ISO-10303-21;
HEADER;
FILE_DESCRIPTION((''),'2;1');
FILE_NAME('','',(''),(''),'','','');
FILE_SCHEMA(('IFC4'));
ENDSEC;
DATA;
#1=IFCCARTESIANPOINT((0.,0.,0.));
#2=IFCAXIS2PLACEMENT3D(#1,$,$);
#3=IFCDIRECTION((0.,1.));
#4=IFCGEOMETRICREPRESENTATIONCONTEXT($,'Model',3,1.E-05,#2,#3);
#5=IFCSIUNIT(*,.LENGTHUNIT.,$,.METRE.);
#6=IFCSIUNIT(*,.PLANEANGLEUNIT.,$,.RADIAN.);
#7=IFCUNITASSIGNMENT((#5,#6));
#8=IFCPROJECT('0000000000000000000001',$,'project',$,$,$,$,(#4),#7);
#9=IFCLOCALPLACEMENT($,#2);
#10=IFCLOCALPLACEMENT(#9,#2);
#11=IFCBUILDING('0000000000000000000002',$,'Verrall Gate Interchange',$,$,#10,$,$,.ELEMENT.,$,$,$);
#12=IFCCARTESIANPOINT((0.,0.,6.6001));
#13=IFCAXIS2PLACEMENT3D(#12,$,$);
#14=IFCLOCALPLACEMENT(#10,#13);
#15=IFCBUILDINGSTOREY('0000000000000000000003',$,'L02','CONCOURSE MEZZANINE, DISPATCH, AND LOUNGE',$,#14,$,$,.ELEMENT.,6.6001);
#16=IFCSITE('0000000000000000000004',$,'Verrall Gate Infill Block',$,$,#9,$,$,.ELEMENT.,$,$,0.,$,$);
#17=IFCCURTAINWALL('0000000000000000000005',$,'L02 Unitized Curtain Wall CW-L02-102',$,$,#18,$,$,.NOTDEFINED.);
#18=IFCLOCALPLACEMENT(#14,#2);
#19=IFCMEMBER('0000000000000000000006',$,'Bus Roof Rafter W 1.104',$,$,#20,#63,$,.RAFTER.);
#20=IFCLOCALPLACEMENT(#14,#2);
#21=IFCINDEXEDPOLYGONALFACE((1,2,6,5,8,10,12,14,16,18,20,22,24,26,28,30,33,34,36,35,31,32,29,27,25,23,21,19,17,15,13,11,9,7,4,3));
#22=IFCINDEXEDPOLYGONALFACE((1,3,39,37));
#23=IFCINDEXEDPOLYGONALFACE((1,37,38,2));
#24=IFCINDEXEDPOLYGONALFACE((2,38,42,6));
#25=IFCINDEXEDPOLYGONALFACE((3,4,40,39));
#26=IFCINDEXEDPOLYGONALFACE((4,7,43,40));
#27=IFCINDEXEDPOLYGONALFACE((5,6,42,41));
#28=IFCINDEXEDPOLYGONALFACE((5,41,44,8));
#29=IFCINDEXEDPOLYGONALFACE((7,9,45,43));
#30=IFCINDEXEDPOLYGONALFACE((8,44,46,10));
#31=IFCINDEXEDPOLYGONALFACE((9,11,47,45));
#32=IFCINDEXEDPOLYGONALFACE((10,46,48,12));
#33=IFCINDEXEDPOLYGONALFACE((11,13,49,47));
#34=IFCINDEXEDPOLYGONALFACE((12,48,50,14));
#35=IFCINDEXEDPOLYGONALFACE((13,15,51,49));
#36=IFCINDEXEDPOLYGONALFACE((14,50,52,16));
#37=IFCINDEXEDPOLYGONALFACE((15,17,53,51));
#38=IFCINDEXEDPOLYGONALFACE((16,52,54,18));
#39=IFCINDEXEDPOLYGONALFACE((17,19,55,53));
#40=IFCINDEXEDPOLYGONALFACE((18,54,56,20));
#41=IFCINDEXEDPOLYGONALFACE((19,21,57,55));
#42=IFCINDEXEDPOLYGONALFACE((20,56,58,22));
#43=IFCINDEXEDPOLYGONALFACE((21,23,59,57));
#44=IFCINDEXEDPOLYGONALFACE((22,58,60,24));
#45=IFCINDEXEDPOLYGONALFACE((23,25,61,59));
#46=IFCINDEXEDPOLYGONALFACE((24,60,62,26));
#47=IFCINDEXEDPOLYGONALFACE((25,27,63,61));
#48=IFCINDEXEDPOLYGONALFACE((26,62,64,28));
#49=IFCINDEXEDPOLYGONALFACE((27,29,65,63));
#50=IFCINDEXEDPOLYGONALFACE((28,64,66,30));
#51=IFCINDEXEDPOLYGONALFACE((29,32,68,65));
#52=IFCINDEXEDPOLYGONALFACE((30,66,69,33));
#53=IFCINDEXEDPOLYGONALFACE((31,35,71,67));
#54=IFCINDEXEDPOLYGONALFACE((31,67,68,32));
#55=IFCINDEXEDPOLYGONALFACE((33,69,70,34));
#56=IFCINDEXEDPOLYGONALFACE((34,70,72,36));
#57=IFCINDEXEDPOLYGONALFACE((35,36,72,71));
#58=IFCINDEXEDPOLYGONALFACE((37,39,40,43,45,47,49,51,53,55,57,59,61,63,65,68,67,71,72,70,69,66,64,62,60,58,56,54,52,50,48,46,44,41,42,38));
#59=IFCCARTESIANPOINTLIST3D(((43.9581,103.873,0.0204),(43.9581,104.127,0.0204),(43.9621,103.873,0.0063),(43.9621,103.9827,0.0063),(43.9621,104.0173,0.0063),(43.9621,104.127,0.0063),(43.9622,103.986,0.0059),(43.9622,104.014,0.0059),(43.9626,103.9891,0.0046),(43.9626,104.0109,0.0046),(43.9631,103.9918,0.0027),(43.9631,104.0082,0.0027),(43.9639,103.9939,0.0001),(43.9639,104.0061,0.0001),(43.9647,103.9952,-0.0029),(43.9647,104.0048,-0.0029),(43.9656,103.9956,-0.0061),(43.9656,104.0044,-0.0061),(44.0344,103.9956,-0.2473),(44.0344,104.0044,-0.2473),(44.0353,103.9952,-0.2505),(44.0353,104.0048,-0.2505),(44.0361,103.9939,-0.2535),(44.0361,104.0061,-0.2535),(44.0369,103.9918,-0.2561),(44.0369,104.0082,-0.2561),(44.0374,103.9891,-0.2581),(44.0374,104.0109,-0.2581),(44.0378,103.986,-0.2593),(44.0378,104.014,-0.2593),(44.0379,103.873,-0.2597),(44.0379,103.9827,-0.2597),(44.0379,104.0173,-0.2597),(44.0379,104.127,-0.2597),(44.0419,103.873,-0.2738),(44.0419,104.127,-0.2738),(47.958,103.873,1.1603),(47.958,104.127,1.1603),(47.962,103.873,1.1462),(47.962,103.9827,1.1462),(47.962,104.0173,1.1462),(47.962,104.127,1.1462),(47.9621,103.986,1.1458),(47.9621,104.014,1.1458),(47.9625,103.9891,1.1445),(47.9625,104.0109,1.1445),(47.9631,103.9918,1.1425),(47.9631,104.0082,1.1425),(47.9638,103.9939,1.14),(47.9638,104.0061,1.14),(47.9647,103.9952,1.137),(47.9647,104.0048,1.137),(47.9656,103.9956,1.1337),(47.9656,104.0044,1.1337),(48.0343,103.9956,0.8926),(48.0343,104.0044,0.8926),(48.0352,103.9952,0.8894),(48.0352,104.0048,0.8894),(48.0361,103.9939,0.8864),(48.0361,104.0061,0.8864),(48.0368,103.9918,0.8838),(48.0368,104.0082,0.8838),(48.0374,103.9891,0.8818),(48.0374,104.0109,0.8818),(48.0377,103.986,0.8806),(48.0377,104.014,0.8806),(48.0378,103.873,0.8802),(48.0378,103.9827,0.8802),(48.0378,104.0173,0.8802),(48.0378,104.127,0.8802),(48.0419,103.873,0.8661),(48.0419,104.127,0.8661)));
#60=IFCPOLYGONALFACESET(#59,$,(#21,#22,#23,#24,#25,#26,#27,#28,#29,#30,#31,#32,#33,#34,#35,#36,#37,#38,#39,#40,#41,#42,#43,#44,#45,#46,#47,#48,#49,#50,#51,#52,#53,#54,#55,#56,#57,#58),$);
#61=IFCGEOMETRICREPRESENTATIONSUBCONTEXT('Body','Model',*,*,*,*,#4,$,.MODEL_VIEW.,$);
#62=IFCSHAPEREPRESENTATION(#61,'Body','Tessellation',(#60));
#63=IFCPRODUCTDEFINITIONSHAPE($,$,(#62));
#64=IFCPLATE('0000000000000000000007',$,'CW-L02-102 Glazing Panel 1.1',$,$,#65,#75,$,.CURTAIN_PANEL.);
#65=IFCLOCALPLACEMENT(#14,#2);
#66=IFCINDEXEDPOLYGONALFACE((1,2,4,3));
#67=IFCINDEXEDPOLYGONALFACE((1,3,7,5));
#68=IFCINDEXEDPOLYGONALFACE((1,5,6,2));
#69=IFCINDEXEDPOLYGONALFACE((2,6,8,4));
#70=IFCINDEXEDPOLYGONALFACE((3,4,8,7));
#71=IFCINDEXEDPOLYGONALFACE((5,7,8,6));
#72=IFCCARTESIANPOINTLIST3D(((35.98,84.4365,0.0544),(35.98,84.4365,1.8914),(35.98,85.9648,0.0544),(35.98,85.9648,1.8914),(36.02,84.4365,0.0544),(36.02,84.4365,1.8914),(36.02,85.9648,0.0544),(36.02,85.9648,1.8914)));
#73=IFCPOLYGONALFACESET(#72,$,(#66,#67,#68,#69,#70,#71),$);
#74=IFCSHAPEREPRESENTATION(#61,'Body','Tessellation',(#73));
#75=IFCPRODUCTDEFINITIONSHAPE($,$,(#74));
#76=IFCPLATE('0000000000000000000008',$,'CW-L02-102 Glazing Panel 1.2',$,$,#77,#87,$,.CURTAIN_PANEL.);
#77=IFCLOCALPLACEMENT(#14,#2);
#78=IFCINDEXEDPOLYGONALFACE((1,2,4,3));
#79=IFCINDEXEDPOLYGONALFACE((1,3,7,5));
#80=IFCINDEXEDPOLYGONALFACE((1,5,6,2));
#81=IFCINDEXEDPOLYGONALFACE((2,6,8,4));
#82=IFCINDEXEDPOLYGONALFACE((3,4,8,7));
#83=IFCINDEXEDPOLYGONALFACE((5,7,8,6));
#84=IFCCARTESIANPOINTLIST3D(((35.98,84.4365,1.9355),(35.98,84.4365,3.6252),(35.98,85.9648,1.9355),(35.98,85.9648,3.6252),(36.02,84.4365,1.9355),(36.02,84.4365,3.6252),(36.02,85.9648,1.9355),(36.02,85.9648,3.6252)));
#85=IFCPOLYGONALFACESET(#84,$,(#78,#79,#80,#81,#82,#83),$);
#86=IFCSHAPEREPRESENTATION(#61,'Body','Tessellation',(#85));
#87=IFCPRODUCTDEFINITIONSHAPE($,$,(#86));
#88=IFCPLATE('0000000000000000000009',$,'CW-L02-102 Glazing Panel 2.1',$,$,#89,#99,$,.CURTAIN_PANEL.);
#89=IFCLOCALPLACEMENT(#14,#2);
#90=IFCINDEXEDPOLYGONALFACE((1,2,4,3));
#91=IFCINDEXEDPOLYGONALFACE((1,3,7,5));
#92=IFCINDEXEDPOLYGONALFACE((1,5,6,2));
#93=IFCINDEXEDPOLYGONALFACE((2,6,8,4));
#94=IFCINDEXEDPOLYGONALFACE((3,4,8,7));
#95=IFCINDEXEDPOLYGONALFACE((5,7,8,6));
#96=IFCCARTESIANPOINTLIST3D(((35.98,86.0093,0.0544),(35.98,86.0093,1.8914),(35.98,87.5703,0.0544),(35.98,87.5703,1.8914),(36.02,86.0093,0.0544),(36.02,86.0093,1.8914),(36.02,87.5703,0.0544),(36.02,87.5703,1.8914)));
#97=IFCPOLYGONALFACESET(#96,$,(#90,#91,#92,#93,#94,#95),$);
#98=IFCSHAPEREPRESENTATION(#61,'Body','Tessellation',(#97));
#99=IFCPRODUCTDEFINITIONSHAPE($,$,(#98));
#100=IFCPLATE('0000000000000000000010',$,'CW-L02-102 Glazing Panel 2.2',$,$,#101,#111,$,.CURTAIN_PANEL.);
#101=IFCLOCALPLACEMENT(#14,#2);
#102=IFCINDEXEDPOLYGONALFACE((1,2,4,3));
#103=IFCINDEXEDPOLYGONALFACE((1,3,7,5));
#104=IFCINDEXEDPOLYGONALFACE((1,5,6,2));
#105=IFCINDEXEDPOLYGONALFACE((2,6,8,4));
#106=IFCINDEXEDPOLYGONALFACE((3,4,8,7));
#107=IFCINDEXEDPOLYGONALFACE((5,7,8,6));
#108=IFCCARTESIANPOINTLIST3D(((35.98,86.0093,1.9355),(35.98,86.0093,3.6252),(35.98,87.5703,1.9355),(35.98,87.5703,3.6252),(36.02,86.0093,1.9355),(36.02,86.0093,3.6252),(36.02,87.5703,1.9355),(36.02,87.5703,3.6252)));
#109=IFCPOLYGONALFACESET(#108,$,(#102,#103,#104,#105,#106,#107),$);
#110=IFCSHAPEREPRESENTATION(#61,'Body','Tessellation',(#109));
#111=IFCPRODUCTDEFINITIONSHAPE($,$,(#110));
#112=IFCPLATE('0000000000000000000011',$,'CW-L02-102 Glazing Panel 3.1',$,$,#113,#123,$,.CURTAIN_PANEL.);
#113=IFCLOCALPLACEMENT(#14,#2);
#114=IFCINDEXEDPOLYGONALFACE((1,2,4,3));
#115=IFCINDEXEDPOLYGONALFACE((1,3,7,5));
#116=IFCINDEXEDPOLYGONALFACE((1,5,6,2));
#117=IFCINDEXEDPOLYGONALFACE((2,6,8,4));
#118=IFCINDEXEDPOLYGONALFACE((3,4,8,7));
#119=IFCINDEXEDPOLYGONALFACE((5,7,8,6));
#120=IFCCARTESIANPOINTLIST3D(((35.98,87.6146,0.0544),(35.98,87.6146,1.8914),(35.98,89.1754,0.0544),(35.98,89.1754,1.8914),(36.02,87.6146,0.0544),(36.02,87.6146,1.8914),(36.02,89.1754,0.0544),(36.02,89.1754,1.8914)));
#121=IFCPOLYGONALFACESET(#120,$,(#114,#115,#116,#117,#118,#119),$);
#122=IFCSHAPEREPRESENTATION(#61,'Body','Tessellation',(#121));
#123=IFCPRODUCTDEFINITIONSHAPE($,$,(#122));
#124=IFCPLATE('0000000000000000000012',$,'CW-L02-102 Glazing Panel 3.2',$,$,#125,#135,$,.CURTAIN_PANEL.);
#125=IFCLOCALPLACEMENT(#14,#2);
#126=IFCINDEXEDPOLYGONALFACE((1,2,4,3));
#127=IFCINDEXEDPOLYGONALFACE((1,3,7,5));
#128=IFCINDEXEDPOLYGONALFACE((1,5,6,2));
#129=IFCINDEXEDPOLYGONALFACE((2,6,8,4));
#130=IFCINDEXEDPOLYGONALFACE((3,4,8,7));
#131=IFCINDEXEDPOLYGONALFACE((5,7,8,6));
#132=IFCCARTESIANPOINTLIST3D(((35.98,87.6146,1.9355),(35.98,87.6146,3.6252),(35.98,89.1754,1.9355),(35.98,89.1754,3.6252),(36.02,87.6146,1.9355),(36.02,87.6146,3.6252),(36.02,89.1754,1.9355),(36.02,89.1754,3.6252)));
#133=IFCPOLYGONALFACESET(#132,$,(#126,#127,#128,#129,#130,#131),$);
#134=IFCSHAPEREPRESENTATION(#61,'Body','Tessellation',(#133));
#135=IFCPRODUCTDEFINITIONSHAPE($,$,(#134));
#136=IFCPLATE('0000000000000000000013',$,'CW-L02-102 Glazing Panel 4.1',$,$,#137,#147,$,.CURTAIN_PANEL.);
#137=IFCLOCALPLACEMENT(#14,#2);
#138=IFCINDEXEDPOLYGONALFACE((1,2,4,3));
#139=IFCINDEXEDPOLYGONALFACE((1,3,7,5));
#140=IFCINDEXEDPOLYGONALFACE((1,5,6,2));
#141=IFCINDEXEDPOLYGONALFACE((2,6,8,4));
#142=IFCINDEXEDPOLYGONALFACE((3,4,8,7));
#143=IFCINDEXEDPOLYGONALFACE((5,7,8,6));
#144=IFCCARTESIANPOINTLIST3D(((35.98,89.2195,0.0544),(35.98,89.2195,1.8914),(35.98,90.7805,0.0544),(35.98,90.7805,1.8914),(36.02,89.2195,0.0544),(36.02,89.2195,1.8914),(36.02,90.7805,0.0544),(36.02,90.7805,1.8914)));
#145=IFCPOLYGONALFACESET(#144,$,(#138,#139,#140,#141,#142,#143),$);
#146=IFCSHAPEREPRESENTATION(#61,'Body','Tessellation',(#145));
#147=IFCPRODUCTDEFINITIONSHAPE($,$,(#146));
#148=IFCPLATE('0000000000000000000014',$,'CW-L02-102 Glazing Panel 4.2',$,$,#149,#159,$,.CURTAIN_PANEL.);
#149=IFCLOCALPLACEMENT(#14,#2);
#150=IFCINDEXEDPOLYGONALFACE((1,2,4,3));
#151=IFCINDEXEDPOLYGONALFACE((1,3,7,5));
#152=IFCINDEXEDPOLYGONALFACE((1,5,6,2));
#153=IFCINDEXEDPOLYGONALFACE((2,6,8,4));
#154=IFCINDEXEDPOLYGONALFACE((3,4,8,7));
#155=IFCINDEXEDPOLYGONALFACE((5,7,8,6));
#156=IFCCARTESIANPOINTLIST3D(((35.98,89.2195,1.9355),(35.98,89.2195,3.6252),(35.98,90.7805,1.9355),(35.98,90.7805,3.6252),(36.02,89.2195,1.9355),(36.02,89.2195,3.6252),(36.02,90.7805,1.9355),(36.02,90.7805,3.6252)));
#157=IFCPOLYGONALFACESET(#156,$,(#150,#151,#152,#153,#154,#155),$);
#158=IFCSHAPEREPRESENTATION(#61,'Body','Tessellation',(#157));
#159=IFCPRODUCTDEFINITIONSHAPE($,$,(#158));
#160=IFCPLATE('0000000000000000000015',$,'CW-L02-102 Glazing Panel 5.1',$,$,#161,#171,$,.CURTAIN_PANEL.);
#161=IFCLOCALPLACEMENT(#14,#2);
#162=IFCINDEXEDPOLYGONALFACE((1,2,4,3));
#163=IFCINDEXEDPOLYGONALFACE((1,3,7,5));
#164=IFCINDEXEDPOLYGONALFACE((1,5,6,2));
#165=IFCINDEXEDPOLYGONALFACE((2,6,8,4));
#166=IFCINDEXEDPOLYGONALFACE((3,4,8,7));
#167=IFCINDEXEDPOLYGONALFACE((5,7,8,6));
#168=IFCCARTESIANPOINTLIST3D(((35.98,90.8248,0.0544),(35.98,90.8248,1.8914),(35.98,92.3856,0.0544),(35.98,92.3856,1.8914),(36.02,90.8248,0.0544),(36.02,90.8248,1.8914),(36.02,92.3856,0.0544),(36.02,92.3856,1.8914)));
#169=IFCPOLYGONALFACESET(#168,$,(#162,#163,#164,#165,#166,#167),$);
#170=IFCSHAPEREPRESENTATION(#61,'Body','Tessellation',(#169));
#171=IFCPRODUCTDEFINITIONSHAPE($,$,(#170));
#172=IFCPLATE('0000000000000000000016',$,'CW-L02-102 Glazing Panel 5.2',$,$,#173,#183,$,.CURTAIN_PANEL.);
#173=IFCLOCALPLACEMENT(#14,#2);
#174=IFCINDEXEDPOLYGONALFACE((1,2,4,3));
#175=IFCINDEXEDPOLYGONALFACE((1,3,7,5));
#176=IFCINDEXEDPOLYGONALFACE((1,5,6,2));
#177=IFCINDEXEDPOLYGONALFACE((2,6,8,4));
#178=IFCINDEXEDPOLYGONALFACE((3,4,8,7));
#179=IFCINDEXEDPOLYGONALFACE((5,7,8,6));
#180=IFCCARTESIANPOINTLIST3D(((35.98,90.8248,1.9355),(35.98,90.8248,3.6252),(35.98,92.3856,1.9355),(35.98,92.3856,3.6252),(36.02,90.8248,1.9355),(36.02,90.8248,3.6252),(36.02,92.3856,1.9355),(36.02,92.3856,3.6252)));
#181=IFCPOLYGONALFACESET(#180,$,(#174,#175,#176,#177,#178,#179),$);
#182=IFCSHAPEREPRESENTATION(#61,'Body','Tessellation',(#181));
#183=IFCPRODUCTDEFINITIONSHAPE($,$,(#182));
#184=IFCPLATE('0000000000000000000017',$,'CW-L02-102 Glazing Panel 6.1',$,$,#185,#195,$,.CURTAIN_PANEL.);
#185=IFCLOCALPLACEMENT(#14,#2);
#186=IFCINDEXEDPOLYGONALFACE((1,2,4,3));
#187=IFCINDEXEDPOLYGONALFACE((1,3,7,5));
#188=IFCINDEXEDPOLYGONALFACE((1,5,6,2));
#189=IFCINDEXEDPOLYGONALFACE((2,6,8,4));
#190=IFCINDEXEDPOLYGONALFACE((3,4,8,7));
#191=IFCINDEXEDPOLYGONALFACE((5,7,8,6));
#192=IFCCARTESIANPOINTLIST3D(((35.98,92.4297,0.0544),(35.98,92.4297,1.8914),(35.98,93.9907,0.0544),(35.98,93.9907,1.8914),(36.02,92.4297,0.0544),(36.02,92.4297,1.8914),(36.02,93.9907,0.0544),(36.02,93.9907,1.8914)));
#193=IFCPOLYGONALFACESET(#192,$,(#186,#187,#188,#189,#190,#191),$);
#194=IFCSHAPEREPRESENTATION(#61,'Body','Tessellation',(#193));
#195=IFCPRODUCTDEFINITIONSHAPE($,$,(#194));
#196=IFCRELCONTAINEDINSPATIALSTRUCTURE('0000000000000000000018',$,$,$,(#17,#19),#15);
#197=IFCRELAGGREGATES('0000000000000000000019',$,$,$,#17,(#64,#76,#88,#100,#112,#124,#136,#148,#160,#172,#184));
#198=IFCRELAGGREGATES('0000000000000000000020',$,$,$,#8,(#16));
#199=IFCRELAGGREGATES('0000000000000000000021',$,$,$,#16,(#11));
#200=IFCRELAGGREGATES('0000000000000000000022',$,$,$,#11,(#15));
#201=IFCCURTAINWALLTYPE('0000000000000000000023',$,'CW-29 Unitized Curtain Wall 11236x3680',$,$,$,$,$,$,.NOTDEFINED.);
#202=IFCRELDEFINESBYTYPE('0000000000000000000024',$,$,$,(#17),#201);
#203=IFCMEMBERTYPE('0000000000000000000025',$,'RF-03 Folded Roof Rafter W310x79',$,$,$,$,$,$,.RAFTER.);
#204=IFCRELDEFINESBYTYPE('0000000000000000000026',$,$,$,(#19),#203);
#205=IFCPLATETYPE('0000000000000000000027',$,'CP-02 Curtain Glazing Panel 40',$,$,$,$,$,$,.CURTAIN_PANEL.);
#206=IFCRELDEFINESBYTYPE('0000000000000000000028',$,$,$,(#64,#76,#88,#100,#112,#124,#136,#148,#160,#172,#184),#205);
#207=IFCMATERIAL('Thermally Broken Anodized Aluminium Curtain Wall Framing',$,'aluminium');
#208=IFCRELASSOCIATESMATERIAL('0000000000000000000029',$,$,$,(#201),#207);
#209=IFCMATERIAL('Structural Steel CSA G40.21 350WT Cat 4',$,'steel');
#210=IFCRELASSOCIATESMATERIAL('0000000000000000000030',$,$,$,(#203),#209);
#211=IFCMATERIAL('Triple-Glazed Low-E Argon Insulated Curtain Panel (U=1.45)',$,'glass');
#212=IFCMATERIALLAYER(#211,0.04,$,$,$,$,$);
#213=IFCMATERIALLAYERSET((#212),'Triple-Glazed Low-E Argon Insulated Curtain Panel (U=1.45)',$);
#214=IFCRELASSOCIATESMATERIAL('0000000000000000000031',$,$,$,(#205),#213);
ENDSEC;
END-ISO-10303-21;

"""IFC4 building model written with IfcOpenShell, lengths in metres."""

from ifc_helpers import new_model, si_unit, direction, frame, origin, origin_2d, place, context, subcontext, project, spatial, rectangle, i_section, extrude, material, layer, layer_set, material_profile, profile_set, type_object, element, aggregate, save


model = new_model("IFC4")

# Units and contexts
model_context = context("Model", 3, precision=1e-05, world=origin(), true_north=direction((0.0, 1.0)))
body_context = subcontext(model_context, "Body", "Model", "MODEL_VIEW")
ifc_project = project(units=[si_unit("LENGTHUNIT", "METRE"), si_unit("PLANEANGLEUNIT", "RADIAN")], contexts=[model_context])

# Site, building, storey
site_placement = place(None, origin())
site = spatial("IfcSite", under=ifc_project, at=site_placement, Name="Verrall Gate Infill Block", CompositionType="ELEMENT", RefElevation=0.0)
building_placement = place(site_placement, origin())
building = spatial("IfcBuilding", under=site, at=building_placement, Name="Verrall Gate Interchange", CompositionType="ELEMENT")
storey_placement = place(building_placement, frame((0.0, 0.0, 6.6001)))
storey = spatial("IfcBuildingStorey", under=building, at=storey_placement, Name="L02", Description="CONCOURSE MEZZANINE, DISPATCH, AND LOUNGE", CompositionType="ELEMENT", Elevation=6.6001)

# Curtain wall
ifc_material_1 = material(Name="Thermally Broken Anodized Aluminium Curtain Wall Framing", Category="aluminium")
curtain_wall_type = type_object("IfcCurtainWallType", Name="CW-29 Unitized Curtain Wall 11236x3680", PredefinedType="NOTDEFINED", material=ifc_material_1)
curtain_wall_placement = place(storey_placement, origin())
curtain_wall = element("IfcCurtainWall", 1, at=curtain_wall_placement, inside=storey, type_object=curtain_wall_type, Name="L02 Unitized Curtain Wall CW-L02-102", PredefinedType="NOTDEFINED")

# Member
ifc_material_2 = material(Name="Structural Steel CSA G40.21 350WT Cat 4", Category="steel")
ifc_material_profile_1 = material_profile(ifc_material_2, i_section(OverallWidth=0.2539, OverallDepth=0.3059, WebThickness=0.0088, FlangeThickness=0.0146, FilletRadius=0.0129, at=origin_2d()), Name="W310x79")
ifc_profile_set_1 = profile_set([ifc_material_profile_1], Name="Structural Steel CSA G40.21 350WT Cat 4")
member_type_1 = type_object("IfcMemberType", Name="RF-03 Folded Roof Rafter W310x79", PredefinedType="RAFTER", material=ifc_profile_set_1)
for number, where, z_axis, x_axis, name in (
    (2, (44.0, 104.0, -0.1267), (0.961712, 0.0, 0.274062), (0.0, 1.0, 0.0), "Bus Roof Rafter W 1.104"),
):
    element("IfcMember", number, at=place(storey_placement, frame(where, z_axis=z_axis, x_axis=x_axis)), inside=storey, type_object=member_type_1, Name=name, PredefinedType="RAFTER", context=body_context, shape_type="SweptSolid", body=[
        extrude(i_section(OverallWidth=0.2539, OverallDepth=0.3059, WebThickness=0.0088, FlangeThickness=0.0146, FilletRadius=0.0129, at=origin_2d()), origin(), (0.0, 0.0, 1.0), 4.1592),
    ])

# Plates
ifc_material_3 = material(Name="Triple-Glazed Low-E Argon Insulated Curtain Panel (U=1.45)", Category="glass")
ifc_layer_1 = layer(ifc_material_3, 0.04)
ifc_layer_set_1 = layer_set([ifc_layer_1], Name="Triple-Glazed Low-E Argon Insulated Curtain Panel (U=1.45)")
plate_type = type_object("IfcPlateType", Name="CP-02 Curtain Glazing Panel 40", PredefinedType="CURTAIN_PANEL", material=ifc_layer_set_1)
plate_1_placement = place(storey_placement, frame((36.0, 85.2007, 0.0544), z_axis=(0.0, 0.0, 1.0), x_axis=(0.0, 1.0, 0.0)))
plate_1 = element("IfcPlate", 3, at=plate_1_placement, type_object=plate_type, Name="CW-L02-102 Glazing Panel 1.1", PredefinedType="CURTAIN_PANEL", context=body_context, shape_type="SweptSolid", body=[
    extrude(rectangle(XDim=1.5283, YDim=0.04, at=origin_2d()), origin(), (0.0, 0.0, 1.0), 1.8369),
])
plate_2_placement = place(storey_placement, frame((36.0, 85.2007, 1.9355), z_axis=(0.0, 0.0, 1.0), x_axis=(0.0, 1.0, 0.0)))
plate_2 = element("IfcPlate", 4, at=plate_2_placement, type_object=plate_type, Name="CW-L02-102 Glazing Panel 1.2", PredefinedType="CURTAIN_PANEL", context=body_context, shape_type="SweptSolid", body=[
    extrude(rectangle(XDim=1.5283, YDim=0.04, at=origin_2d()), origin(), (0.0, 0.0, 1.0), 1.6897),
])
plate_3_placement = place(storey_placement, frame((36.0, 86.7898, 0.0544), z_axis=(0.0, 0.0, 1.0), x_axis=(0.0, 1.0, 0.0)))
plate_3 = element("IfcPlate", 5, at=plate_3_placement, type_object=plate_type, Name="CW-L02-102 Glazing Panel 2.1", PredefinedType="CURTAIN_PANEL", context=body_context, shape_type="SweptSolid", body=[
    extrude(rectangle(XDim=1.561, YDim=0.04, at=origin_2d()), origin(), (0.0, 0.0, 1.0), 1.8369),
])
plate_4_placement = place(storey_placement, frame((36.0, 86.7898, 1.9355), z_axis=(0.0, 0.0, 1.0), x_axis=(0.0, 1.0, 0.0)))
plate_4 = element("IfcPlate", 6, at=plate_4_placement, type_object=plate_type, Name="CW-L02-102 Glazing Panel 2.2", PredefinedType="CURTAIN_PANEL", context=body_context, shape_type="SweptSolid", body=[
    extrude(rectangle(XDim=1.561, YDim=0.04, at=origin_2d()), origin(), (0.0, 0.0, 1.0), 1.6897),
])
plate_5_placement = place(storey_placement, frame((36.0, 88.395, 0.0544), z_axis=(0.0, 0.0, 1.0), x_axis=(0.0, 1.0, 0.0)))
plate_5 = element("IfcPlate", 7, at=plate_5_placement, type_object=plate_type, Name="CW-L02-102 Glazing Panel 3.1", PredefinedType="CURTAIN_PANEL", context=body_context, shape_type="SweptSolid", body=[
    extrude(rectangle(XDim=1.5608, YDim=0.04, at=origin_2d()), origin(), (0.0, 0.0, 1.0), 1.8369),
])
plate_6_placement = place(storey_placement, frame((36.0, 88.395, 1.9355), z_axis=(0.0, 0.0, 1.0), x_axis=(0.0, 1.0, 0.0)))
plate_6 = element("IfcPlate", 8, at=plate_6_placement, type_object=plate_type, Name="CW-L02-102 Glazing Panel 3.2", PredefinedType="CURTAIN_PANEL", context=body_context, shape_type="SweptSolid", body=[
    extrude(rectangle(XDim=1.5608, YDim=0.04, at=origin_2d()), origin(), (0.0, 0.0, 1.0), 1.6897),
])
plate_7_placement = place(storey_placement, frame((36.0, 90.0, 0.0544), z_axis=(0.0, 0.0, 1.0), x_axis=(0.0, 1.0, 0.0)))
plate_7 = element("IfcPlate", 9, at=plate_7_placement, type_object=plate_type, Name="CW-L02-102 Glazing Panel 4.1", PredefinedType="CURTAIN_PANEL", context=body_context, shape_type="SweptSolid", body=[
    extrude(rectangle(XDim=1.561, YDim=0.04, at=origin_2d()), origin(), (0.0, 0.0, 1.0), 1.8369),
])
plate_8_placement = place(storey_placement, frame((36.0, 90.0, 1.9355), z_axis=(0.0, 0.0, 1.0), x_axis=(0.0, 1.0, 0.0)))
plate_8 = element("IfcPlate", 10, at=plate_8_placement, type_object=plate_type, Name="CW-L02-102 Glazing Panel 4.2", PredefinedType="CURTAIN_PANEL", context=body_context, shape_type="SweptSolid", body=[
    extrude(rectangle(XDim=1.561, YDim=0.04, at=origin_2d()), origin(), (0.0, 0.0, 1.0), 1.6897),
])
plate_9_placement = place(storey_placement, frame((36.0, 91.6052, 0.0544), z_axis=(0.0, 0.0, 1.0), x_axis=(0.0, 1.0, 0.0)))
plate_9 = element("IfcPlate", 11, at=plate_9_placement, type_object=plate_type, Name="CW-L02-102 Glazing Panel 5.1", PredefinedType="CURTAIN_PANEL", context=body_context, shape_type="SweptSolid", body=[
    extrude(rectangle(XDim=1.5608, YDim=0.04, at=origin_2d()), origin(), (0.0, 0.0, 1.0), 1.8369),
])
plate_10_placement = place(storey_placement, frame((36.0, 91.6052, 1.9355), z_axis=(0.0, 0.0, 1.0), x_axis=(0.0, 1.0, 0.0)))
plate_10 = element("IfcPlate", 12, at=plate_10_placement, type_object=plate_type, Name="CW-L02-102 Glazing Panel 5.2", PredefinedType="CURTAIN_PANEL", context=body_context, shape_type="SweptSolid", body=[
    extrude(rectangle(XDim=1.5608, YDim=0.04, at=origin_2d()), origin(), (0.0, 0.0, 1.0), 1.6897),
])
plate_11_placement = place(storey_placement, frame((36.0, 93.2102, 0.0544), z_axis=(0.0, 0.0, 1.0), x_axis=(0.0, 1.0, 0.0)))
plate_11 = element("IfcPlate", 13, at=plate_11_placement, type_object=plate_type, Name="CW-L02-102 Glazing Panel 6.1", PredefinedType="CURTAIN_PANEL", context=body_context, shape_type="SweptSolid", body=[
    extrude(rectangle(XDim=1.561, YDim=0.04, at=origin_2d()), origin(), (0.0, 0.0, 1.0), 1.8369),
])
aggregate(curtain_wall, [plate_1, plate_2, plate_3, plate_4, plate_5, plate_6, plate_7, plate_8, plate_9, plate_10, plate_11])

save(model, "model.ifc")
